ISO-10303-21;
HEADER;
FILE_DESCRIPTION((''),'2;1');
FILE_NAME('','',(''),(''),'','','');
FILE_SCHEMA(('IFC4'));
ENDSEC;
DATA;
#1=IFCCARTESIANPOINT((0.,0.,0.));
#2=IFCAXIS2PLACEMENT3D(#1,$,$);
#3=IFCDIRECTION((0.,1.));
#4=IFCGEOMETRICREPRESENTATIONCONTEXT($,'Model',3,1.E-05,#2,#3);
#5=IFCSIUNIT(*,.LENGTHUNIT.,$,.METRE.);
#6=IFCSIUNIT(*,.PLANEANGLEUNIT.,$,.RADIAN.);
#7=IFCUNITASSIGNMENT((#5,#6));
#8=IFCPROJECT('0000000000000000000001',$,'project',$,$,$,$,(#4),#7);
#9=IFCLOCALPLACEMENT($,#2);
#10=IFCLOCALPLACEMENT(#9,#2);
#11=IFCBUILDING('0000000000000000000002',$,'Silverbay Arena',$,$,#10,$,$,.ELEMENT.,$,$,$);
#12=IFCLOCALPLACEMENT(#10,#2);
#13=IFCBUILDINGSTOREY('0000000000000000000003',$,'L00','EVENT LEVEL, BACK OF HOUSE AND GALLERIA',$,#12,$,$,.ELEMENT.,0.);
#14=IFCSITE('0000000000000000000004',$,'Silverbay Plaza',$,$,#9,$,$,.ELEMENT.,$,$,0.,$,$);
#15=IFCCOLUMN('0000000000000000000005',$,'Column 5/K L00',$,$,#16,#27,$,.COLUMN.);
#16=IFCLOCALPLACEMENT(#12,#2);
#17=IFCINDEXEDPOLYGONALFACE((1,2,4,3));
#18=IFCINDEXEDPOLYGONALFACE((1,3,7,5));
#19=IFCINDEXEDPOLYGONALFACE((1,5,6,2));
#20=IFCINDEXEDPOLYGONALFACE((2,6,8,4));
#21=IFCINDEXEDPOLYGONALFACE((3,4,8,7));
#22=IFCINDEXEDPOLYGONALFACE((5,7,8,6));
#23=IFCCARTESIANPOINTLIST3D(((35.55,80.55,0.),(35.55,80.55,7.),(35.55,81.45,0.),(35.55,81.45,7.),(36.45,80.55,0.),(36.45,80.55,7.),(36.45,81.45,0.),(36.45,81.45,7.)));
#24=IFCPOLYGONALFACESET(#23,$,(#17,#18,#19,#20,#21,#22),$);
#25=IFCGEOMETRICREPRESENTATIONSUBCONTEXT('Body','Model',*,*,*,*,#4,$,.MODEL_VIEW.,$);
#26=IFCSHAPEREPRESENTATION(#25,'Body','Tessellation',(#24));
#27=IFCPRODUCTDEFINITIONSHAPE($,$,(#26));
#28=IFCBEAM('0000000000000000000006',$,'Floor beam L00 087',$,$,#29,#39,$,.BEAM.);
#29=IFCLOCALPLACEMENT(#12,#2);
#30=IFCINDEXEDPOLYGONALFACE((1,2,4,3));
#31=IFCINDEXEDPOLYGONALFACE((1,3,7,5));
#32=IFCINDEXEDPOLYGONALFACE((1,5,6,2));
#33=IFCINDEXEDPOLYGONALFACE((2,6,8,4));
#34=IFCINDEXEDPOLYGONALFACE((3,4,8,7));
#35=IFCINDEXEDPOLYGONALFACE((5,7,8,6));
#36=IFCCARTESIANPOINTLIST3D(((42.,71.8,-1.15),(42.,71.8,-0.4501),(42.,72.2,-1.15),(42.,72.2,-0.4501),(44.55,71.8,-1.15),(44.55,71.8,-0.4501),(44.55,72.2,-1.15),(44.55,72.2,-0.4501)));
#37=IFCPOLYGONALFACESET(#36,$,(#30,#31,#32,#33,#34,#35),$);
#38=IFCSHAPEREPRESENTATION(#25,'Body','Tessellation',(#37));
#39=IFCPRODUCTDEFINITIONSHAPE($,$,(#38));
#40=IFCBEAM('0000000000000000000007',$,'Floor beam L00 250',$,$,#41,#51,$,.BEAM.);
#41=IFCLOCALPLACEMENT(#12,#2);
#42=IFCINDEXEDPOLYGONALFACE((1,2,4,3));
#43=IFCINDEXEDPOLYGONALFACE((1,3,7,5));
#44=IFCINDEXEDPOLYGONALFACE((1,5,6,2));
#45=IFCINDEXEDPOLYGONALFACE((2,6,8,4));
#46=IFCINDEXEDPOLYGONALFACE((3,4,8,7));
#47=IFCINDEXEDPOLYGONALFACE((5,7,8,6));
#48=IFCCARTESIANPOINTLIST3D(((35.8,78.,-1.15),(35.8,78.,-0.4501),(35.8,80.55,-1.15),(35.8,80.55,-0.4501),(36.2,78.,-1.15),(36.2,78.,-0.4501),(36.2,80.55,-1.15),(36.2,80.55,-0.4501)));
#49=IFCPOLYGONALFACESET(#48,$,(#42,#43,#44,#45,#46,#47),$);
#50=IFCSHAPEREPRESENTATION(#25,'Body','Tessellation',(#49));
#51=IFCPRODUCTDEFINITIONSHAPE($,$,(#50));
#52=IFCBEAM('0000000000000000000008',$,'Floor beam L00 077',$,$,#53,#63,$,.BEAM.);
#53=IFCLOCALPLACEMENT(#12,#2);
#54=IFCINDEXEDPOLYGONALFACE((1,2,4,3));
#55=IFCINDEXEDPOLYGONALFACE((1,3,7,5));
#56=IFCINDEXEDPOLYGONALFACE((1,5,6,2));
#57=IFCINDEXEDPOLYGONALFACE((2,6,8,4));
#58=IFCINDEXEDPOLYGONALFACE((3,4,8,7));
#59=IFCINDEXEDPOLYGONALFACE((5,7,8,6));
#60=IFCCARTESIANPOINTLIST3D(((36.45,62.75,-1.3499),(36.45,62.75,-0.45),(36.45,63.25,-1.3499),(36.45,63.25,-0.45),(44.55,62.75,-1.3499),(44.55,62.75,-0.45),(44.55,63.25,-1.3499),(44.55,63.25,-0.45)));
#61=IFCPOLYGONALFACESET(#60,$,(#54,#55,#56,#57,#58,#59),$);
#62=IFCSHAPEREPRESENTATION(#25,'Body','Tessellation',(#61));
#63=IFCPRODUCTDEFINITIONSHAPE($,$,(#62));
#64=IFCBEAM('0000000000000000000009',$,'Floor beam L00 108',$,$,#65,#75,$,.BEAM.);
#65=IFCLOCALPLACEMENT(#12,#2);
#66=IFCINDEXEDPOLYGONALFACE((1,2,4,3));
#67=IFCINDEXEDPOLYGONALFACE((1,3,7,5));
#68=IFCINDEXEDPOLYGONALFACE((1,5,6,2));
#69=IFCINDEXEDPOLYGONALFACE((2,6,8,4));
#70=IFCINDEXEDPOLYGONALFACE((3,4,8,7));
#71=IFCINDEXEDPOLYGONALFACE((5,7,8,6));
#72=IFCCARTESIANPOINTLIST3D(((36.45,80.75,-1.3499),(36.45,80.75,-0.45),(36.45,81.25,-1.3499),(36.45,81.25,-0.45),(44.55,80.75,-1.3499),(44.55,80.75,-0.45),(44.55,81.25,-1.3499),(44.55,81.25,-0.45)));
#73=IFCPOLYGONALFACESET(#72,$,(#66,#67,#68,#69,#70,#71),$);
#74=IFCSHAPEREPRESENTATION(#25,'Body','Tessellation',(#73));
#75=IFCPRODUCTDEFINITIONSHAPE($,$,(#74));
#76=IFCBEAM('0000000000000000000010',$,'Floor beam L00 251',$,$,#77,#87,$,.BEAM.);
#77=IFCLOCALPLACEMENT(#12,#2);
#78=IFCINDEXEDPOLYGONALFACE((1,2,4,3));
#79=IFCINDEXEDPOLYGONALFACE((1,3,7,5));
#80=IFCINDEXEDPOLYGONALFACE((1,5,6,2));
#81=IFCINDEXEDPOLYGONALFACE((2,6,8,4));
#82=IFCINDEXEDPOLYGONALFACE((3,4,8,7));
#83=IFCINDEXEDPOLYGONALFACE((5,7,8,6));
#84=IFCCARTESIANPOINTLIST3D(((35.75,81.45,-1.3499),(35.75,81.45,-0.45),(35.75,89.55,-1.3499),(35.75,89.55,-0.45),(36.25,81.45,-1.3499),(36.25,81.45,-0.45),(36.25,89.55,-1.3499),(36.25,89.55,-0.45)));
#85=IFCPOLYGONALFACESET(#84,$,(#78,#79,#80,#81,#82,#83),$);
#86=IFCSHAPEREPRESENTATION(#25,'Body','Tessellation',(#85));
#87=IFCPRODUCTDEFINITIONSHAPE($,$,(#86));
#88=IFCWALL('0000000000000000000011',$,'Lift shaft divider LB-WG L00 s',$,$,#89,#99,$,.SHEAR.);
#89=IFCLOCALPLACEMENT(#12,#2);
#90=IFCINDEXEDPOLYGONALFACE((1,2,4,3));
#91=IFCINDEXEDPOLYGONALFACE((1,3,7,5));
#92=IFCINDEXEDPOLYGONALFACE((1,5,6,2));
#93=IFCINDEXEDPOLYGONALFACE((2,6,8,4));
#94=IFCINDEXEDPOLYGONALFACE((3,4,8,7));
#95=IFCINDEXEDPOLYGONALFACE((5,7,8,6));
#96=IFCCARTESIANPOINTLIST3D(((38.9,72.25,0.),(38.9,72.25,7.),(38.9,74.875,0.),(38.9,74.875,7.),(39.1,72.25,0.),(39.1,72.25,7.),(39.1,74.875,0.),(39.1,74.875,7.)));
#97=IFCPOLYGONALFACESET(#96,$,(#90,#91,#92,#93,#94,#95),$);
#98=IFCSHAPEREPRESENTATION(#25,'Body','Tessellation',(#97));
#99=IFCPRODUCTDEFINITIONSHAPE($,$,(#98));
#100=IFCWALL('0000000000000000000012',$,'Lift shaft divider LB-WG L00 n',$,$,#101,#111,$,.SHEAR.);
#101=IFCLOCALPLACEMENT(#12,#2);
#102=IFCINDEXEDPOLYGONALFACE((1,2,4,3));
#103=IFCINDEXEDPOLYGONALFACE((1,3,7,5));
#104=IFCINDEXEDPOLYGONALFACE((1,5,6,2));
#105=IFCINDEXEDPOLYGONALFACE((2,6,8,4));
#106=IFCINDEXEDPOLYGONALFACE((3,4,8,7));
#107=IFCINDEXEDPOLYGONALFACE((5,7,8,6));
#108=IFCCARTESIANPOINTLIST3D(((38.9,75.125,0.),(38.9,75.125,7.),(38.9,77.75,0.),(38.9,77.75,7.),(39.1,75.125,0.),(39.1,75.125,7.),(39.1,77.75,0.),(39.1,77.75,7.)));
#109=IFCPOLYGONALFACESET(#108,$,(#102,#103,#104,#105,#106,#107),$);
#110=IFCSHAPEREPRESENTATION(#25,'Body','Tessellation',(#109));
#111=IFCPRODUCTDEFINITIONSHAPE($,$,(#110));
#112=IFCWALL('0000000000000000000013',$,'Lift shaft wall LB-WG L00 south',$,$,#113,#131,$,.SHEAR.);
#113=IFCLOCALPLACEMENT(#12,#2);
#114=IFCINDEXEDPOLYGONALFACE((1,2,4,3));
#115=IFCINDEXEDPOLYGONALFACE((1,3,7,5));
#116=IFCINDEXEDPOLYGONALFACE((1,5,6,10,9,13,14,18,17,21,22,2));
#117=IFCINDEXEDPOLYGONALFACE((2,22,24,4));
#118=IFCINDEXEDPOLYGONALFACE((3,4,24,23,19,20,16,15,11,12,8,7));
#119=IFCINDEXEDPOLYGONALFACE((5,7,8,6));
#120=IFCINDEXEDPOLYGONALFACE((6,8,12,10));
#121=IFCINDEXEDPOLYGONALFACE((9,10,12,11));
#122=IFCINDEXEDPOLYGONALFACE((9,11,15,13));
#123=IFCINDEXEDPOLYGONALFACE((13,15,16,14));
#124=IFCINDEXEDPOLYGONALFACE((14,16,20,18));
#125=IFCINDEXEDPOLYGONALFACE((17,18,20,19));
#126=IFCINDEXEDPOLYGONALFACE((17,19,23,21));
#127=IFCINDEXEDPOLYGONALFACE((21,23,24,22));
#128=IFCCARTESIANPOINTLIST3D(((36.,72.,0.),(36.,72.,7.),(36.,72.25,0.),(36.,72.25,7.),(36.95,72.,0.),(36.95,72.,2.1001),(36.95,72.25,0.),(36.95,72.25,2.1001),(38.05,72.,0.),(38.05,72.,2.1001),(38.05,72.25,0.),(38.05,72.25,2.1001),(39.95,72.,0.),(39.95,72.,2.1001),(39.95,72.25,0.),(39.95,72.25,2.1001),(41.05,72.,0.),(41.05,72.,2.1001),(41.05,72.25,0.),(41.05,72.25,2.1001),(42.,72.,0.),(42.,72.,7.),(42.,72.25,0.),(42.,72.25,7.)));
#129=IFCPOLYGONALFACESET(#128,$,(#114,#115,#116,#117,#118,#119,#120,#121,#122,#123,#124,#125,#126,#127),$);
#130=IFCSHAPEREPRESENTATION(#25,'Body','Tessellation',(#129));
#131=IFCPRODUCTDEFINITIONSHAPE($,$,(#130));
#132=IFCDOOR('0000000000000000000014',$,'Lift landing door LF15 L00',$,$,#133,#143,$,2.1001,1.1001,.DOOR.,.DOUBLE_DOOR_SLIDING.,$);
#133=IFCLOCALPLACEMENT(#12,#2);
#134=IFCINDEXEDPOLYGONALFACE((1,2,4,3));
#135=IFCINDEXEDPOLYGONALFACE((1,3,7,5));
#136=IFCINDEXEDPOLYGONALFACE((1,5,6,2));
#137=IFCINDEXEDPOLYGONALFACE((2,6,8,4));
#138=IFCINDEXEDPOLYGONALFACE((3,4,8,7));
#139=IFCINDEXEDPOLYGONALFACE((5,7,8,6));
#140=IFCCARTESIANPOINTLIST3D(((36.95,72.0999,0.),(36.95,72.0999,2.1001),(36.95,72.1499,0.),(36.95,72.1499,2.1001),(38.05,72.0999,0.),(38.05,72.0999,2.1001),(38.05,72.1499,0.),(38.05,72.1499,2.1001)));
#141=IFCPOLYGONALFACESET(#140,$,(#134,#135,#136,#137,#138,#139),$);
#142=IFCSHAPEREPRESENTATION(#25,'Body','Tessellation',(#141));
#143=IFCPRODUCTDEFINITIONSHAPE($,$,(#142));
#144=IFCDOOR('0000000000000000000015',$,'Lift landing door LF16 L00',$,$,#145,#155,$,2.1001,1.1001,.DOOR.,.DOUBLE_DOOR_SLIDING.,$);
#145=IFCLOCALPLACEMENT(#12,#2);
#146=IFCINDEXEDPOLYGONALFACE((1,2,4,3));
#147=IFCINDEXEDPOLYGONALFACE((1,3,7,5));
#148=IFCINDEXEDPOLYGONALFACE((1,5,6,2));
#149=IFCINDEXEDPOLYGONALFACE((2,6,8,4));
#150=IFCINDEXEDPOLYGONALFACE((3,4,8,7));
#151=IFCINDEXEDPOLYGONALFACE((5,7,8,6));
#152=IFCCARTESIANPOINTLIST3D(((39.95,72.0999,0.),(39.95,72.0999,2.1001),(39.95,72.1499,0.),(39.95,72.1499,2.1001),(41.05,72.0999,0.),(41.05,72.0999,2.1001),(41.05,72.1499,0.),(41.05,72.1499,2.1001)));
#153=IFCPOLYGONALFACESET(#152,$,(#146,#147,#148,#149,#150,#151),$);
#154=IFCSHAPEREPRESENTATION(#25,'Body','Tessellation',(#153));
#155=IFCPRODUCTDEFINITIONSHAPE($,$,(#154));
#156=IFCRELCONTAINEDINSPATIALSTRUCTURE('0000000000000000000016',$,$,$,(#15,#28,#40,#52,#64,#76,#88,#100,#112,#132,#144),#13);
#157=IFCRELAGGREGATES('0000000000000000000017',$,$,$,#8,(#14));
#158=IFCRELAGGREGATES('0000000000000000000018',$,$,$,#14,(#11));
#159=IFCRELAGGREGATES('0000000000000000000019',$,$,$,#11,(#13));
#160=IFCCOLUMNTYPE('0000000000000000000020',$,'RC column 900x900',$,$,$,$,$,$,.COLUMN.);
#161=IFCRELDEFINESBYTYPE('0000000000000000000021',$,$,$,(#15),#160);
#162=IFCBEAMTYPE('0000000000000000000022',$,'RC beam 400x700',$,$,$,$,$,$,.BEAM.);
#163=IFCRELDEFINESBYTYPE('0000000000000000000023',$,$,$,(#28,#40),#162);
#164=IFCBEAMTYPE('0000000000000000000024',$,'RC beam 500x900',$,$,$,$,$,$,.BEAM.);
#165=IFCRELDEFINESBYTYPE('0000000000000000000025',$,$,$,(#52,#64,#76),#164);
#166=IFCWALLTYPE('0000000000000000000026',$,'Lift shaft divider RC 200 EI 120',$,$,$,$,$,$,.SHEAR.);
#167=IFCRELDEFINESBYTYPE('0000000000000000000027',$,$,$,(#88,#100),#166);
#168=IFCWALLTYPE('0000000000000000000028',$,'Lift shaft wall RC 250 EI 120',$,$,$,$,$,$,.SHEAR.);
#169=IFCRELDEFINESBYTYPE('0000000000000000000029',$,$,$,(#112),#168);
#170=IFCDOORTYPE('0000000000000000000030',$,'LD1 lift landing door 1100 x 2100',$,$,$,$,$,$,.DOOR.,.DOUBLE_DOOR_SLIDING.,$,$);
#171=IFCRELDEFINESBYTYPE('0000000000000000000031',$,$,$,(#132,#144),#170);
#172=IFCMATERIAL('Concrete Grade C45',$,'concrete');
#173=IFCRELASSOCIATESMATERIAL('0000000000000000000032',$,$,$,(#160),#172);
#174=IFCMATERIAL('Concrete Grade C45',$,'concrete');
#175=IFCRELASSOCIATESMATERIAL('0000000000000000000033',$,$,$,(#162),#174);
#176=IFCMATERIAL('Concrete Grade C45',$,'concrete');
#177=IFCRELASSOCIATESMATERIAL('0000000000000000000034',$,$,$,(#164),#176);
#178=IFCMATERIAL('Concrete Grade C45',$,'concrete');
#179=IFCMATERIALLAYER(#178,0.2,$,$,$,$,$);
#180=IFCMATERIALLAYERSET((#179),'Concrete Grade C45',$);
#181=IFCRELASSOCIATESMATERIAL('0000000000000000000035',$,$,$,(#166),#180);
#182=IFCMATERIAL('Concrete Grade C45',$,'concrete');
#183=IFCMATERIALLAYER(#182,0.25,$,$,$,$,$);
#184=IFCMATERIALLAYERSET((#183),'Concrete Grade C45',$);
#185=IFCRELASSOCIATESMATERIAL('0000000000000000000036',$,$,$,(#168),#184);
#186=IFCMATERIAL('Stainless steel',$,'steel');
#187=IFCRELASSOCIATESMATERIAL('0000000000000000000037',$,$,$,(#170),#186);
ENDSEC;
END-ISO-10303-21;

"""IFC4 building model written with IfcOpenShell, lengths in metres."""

from ifc_helpers import new_model, si_unit, direction, frame, frame_2d, origin, origin_2d, place, context, subcontext, project, spatial, rectangle, extrude, material, layer, layer_set, material_profile, profile_set, type_object, element, fill, save


model = new_model("IFC4")

# Units and contexts
model_context = context("Model", 3, precision=1e-05, world=origin(), true_north=direction((0.0, 1.0)))
body_context = subcontext(model_context, "Body", "Model", "MODEL_VIEW")
ifc_project = project(units=[si_unit("LENGTHUNIT", "METRE"), si_unit("PLANEANGLEUNIT", "RADIAN")], contexts=[model_context])

# Site, building, storey
site_placement = place(None, origin())
site = spatial("IfcSite", under=ifc_project, at=site_placement, Name="Silverbay Plaza", CompositionType="ELEMENT", RefElevation=0.0)
building_placement = place(site_placement, origin())
building = spatial("IfcBuilding", under=site, at=building_placement, Name="Silverbay Arena", CompositionType="ELEMENT")
storey_placement = place(building_placement, origin())
storey = spatial("IfcBuildingStorey", under=building, at=storey_placement, Name="L00", Description="EVENT LEVEL, BACK OF HOUSE AND GALLERIA", CompositionType="ELEMENT", Elevation=0.0)

# Column
ifc_material_1 = material(Name="Concrete Grade C45", Category="concrete")
ifc_material_profile_1 = material_profile(ifc_material_1, rectangle(XDim=0.8999, YDim=0.8999, at=origin_2d()), Name="RC 900x900")
ifc_profile_set_1 = profile_set([ifc_material_profile_1], Name="Concrete Grade C45")
column_type = type_object("IfcColumnType", Name="RC column 900x900", PredefinedType="COLUMN", material=ifc_profile_set_1)
column_placement = place(storey_placement, frame((36.0, 81.0, 0.0), z_axis=(0.0, 0.0, 1.0), x_axis=(1.0, 0.0, 0.0)))
element("IfcColumn", 1, at=column_placement, inside=storey, type_object=column_type, Name="Column 5/K L00", PredefinedType="COLUMN", context=body_context, shape_type="SweptSolid", body=[
    extrude(rectangle(XDim=0.8999, YDim=0.8999, at=origin_2d()), origin(), (0.0, 0.0, 1.0), 7.0),
])

# Beams
ifc_material_2 = material(Name="Concrete Grade C45", Category="concrete")
ifc_material_profile_2 = material_profile(ifc_material_2, rectangle(XDim=0.3999, YDim=0.7, at=origin_2d()), Name="RC 400x700")
ifc_profile_set_2 = profile_set([ifc_material_profile_2], Name="Concrete Grade C45")
beam_type_1 = type_object("IfcBeamType", Name="RC beam 400x700", PredefinedType="BEAM", material=ifc_profile_set_2)
for number, where, z_axis, x_axis, name in (
    (2, (42.0, 72.0, -0.8), (1.0, 0.0, 0.0), (0.0, 1.0, 0.0), "Floor beam L00 087"),
    (3, (36.0, 78.0, -0.8), (0.0, 1.0, 0.0), (-1.0, 0.0, 0.0), "Floor beam L00 250"),
):
    element("IfcBeam", number, at=place(storey_placement, frame(where, z_axis=z_axis, x_axis=x_axis)), inside=storey, type_object=beam_type_1, Name=name, PredefinedType="BEAM", context=body_context, shape_type="SweptSolid", body=[
        extrude(rectangle(XDim=0.3999, YDim=0.7, at=origin_2d()), origin(), (0.0, 0.0, 1.0), 2.55),
    ])
ifc_material_3 = material(Name="Concrete Grade C45", Category="concrete")
ifc_material_profile_3 = material_profile(ifc_material_3, rectangle(XDim=0.5, YDim=0.8999, at=origin_2d()), Name="RC 500x900")
ifc_profile_set_3 = profile_set([ifc_material_profile_3], Name="Concrete Grade C45")
beam_type_2 = type_object("IfcBeamType", Name="RC beam 500x900", PredefinedType="BEAM", material=ifc_profile_set_3)
for number, where, z_axis, x_axis, name in (
    (4, (36.45, 63.0, -0.8999), (1.0, 0.0, 0.0), (0.0, 1.0, 0.0), "Floor beam L00 077"),
    (5, (36.45, 81.0, -0.8999), (1.0, 0.0, 0.0), (0.0, 1.0, 0.0), "Floor beam L00 108"),
    (6, (36.0, 81.45, -0.8999), (0.0, 1.0, 0.0), (-1.0, 0.0, 0.0), "Floor beam L00 251"),
):
    element("IfcBeam", number, at=place(storey_placement, frame(where, z_axis=z_axis, x_axis=x_axis)), inside=storey, type_object=beam_type_2, Name=name, PredefinedType="BEAM", context=body_context, shape_type="SweptSolid", body=[
        extrude(rectangle(XDim=0.5, YDim=0.8999, at=origin_2d()), origin(), (0.0, 0.0, 1.0), 8.1001),
    ])

# Walls
ifc_material_4 = material(Name="Concrete Grade C45", Category="concrete")
ifc_layer_1 = layer(ifc_material_4, 0.2)
ifc_layer_set_1 = layer_set([ifc_layer_1], Name="Concrete Grade C45")
wall_type_1 = type_object("IfcWallType", Name="Lift shaft divider RC 200 EI 120", PredefinedType="SHEAR", material=ifc_layer_set_1)
for number, where, z_axis, x_axis, name in (
    (7, (39.0, 72.25, 0.0), (0.0, 0.0, 1.0), (0.0, 1.0, 0.0), "Lift shaft divider LB-WG L00 s"),
    (8, (39.0, 75.125, 0.0), (0.0, 0.0, 1.0), (0.0, 1.0, 0.0), "Lift shaft divider LB-WG L00 n"),
):
    element("IfcWall", number, at=place(storey_placement, frame(where, z_axis=z_axis, x_axis=x_axis)), inside=storey, type_object=wall_type_1, Name=name, PredefinedType="SHEAR", context=body_context, shape_type="SweptSolid", body=[
        extrude(rectangle(XDim=2.625, YDim=0.2, at=frame_2d((1.3125, 0.0))), origin(), (0.0, 0.0, 1.0), 7.0),
    ])

# Wall, openings, doors
ifc_material_5 = material(Name="Concrete Grade C45", Category="concrete")
ifc_layer_2 = layer(ifc_material_5, 0.25)
ifc_layer_set_2 = layer_set([ifc_layer_2], Name="Concrete Grade C45")
wall_type_2 = type_object("IfcWallType", Name="Lift shaft wall RC 250 EI 120", PredefinedType="SHEAR", material=ifc_layer_set_2)
wall_1_placement = place(storey_placement, frame((36.0, 72.125, 0.0), z_axis=(0.0, 0.0, 1.0), x_axis=(1.0, 0.0, 0.0)))
wall_1 = element("IfcWall", 9, at=wall_1_placement, inside=storey, type_object=wall_type_2, Name="Lift shaft wall LB-WG L00 south", PredefinedType="SHEAR", context=body_context, shape_type="SweptSolid", body=[
    extrude(rectangle(XDim=6.0, YDim=0.25, at=frame_2d((3.0, 0.0))), origin(), (0.0, 0.0, 1.0), 7.0),
])
opening_1_placement = place(wall_1_placement, frame((0.95, 0.0, 0.0)))
opening_1 = element("IfcOpeningElement", 10, at=opening_1_placement, cuts=wall_1, PredefinedType="OPENING", context=body_context, shape_type="SweptSolid", body=[
    extrude(rectangle(XDim=1.1001, YDim=2.1001, at=frame_2d((0.55, 1.05))), frame((0.0, 0.135, 0.0), z_axis=(0.0, -1.0, 0.0), x_axis=(1.0, 0.0, 0.0)), (0.0, 0.0, 1.0), 0.27),
])
opening_2_placement = place(wall_1_placement, frame((3.95, 0.0, 0.0)))
opening_2 = element("IfcOpeningElement", 11, at=opening_2_placement, cuts=wall_1, PredefinedType="OPENING", context=body_context, shape_type="SweptSolid", body=[
    extrude(rectangle(XDim=1.1001, YDim=2.1001, at=frame_2d((0.55, 1.05))), frame((0.0, 0.135, 0.0), z_axis=(0.0, -1.0, 0.0), x_axis=(1.0, 0.0, 0.0)), (0.0, 0.0, 1.0), 0.27),
])
ifc_material_6 = material(Name="Stainless steel", Category="steel")
door_type_1 = type_object("IfcDoorType", Name="LD1 lift landing door 1100 x 2100", OperationType="DOUBLE_DOOR_SLIDING", PredefinedType="DOOR", material=ifc_material_6)
door_1_placement = place(opening_1_placement, origin())
door_1 = element("IfcDoor", 12, at=door_1_placement, inside=storey, type_object=door_type_1, Name="Lift landing door LF15 L00", OperationType="DOUBLE_DOOR_SLIDING", OverallHeight=2.1001, OverallWidth=1.1001, PredefinedType="DOOR", context=body_context, shape_type="SweptSolid", body=[
    extrude(rectangle(XDim=1.1001, YDim=2.1001, at=frame_2d((0.55, 1.05))), frame((0.0, 0.0249, 0.0), z_axis=(0.0, -1.0, 0.0), x_axis=(1.0, 0.0, 0.0)), (0.0, 0.0, 1.0), 0.05),
])
fill(opening_1, door_1)
door_2_placement = place(opening_2_placement, origin())
door_2 = element("IfcDoor", 13, at=door_2_placement, inside=storey, type_object=door_type_1, Name="Lift landing door LF16 L00", OperationType="DOUBLE_DOOR_SLIDING", OverallHeight=2.1001, OverallWidth=1.1001, PredefinedType="DOOR", context=body_context, shape_type="SweptSolid", body=[
    extrude(rectangle(XDim=1.1001, YDim=2.1001, at=frame_2d((0.55, 1.05))), frame((0.0, 0.0249, 0.0), z_axis=(0.0, -1.0, 0.0), x_axis=(1.0, 0.0, 0.0)), (0.0, 0.0, 1.0), 0.05),
])
fill(opening_2, door_2)

save(model, "model.ifc")
